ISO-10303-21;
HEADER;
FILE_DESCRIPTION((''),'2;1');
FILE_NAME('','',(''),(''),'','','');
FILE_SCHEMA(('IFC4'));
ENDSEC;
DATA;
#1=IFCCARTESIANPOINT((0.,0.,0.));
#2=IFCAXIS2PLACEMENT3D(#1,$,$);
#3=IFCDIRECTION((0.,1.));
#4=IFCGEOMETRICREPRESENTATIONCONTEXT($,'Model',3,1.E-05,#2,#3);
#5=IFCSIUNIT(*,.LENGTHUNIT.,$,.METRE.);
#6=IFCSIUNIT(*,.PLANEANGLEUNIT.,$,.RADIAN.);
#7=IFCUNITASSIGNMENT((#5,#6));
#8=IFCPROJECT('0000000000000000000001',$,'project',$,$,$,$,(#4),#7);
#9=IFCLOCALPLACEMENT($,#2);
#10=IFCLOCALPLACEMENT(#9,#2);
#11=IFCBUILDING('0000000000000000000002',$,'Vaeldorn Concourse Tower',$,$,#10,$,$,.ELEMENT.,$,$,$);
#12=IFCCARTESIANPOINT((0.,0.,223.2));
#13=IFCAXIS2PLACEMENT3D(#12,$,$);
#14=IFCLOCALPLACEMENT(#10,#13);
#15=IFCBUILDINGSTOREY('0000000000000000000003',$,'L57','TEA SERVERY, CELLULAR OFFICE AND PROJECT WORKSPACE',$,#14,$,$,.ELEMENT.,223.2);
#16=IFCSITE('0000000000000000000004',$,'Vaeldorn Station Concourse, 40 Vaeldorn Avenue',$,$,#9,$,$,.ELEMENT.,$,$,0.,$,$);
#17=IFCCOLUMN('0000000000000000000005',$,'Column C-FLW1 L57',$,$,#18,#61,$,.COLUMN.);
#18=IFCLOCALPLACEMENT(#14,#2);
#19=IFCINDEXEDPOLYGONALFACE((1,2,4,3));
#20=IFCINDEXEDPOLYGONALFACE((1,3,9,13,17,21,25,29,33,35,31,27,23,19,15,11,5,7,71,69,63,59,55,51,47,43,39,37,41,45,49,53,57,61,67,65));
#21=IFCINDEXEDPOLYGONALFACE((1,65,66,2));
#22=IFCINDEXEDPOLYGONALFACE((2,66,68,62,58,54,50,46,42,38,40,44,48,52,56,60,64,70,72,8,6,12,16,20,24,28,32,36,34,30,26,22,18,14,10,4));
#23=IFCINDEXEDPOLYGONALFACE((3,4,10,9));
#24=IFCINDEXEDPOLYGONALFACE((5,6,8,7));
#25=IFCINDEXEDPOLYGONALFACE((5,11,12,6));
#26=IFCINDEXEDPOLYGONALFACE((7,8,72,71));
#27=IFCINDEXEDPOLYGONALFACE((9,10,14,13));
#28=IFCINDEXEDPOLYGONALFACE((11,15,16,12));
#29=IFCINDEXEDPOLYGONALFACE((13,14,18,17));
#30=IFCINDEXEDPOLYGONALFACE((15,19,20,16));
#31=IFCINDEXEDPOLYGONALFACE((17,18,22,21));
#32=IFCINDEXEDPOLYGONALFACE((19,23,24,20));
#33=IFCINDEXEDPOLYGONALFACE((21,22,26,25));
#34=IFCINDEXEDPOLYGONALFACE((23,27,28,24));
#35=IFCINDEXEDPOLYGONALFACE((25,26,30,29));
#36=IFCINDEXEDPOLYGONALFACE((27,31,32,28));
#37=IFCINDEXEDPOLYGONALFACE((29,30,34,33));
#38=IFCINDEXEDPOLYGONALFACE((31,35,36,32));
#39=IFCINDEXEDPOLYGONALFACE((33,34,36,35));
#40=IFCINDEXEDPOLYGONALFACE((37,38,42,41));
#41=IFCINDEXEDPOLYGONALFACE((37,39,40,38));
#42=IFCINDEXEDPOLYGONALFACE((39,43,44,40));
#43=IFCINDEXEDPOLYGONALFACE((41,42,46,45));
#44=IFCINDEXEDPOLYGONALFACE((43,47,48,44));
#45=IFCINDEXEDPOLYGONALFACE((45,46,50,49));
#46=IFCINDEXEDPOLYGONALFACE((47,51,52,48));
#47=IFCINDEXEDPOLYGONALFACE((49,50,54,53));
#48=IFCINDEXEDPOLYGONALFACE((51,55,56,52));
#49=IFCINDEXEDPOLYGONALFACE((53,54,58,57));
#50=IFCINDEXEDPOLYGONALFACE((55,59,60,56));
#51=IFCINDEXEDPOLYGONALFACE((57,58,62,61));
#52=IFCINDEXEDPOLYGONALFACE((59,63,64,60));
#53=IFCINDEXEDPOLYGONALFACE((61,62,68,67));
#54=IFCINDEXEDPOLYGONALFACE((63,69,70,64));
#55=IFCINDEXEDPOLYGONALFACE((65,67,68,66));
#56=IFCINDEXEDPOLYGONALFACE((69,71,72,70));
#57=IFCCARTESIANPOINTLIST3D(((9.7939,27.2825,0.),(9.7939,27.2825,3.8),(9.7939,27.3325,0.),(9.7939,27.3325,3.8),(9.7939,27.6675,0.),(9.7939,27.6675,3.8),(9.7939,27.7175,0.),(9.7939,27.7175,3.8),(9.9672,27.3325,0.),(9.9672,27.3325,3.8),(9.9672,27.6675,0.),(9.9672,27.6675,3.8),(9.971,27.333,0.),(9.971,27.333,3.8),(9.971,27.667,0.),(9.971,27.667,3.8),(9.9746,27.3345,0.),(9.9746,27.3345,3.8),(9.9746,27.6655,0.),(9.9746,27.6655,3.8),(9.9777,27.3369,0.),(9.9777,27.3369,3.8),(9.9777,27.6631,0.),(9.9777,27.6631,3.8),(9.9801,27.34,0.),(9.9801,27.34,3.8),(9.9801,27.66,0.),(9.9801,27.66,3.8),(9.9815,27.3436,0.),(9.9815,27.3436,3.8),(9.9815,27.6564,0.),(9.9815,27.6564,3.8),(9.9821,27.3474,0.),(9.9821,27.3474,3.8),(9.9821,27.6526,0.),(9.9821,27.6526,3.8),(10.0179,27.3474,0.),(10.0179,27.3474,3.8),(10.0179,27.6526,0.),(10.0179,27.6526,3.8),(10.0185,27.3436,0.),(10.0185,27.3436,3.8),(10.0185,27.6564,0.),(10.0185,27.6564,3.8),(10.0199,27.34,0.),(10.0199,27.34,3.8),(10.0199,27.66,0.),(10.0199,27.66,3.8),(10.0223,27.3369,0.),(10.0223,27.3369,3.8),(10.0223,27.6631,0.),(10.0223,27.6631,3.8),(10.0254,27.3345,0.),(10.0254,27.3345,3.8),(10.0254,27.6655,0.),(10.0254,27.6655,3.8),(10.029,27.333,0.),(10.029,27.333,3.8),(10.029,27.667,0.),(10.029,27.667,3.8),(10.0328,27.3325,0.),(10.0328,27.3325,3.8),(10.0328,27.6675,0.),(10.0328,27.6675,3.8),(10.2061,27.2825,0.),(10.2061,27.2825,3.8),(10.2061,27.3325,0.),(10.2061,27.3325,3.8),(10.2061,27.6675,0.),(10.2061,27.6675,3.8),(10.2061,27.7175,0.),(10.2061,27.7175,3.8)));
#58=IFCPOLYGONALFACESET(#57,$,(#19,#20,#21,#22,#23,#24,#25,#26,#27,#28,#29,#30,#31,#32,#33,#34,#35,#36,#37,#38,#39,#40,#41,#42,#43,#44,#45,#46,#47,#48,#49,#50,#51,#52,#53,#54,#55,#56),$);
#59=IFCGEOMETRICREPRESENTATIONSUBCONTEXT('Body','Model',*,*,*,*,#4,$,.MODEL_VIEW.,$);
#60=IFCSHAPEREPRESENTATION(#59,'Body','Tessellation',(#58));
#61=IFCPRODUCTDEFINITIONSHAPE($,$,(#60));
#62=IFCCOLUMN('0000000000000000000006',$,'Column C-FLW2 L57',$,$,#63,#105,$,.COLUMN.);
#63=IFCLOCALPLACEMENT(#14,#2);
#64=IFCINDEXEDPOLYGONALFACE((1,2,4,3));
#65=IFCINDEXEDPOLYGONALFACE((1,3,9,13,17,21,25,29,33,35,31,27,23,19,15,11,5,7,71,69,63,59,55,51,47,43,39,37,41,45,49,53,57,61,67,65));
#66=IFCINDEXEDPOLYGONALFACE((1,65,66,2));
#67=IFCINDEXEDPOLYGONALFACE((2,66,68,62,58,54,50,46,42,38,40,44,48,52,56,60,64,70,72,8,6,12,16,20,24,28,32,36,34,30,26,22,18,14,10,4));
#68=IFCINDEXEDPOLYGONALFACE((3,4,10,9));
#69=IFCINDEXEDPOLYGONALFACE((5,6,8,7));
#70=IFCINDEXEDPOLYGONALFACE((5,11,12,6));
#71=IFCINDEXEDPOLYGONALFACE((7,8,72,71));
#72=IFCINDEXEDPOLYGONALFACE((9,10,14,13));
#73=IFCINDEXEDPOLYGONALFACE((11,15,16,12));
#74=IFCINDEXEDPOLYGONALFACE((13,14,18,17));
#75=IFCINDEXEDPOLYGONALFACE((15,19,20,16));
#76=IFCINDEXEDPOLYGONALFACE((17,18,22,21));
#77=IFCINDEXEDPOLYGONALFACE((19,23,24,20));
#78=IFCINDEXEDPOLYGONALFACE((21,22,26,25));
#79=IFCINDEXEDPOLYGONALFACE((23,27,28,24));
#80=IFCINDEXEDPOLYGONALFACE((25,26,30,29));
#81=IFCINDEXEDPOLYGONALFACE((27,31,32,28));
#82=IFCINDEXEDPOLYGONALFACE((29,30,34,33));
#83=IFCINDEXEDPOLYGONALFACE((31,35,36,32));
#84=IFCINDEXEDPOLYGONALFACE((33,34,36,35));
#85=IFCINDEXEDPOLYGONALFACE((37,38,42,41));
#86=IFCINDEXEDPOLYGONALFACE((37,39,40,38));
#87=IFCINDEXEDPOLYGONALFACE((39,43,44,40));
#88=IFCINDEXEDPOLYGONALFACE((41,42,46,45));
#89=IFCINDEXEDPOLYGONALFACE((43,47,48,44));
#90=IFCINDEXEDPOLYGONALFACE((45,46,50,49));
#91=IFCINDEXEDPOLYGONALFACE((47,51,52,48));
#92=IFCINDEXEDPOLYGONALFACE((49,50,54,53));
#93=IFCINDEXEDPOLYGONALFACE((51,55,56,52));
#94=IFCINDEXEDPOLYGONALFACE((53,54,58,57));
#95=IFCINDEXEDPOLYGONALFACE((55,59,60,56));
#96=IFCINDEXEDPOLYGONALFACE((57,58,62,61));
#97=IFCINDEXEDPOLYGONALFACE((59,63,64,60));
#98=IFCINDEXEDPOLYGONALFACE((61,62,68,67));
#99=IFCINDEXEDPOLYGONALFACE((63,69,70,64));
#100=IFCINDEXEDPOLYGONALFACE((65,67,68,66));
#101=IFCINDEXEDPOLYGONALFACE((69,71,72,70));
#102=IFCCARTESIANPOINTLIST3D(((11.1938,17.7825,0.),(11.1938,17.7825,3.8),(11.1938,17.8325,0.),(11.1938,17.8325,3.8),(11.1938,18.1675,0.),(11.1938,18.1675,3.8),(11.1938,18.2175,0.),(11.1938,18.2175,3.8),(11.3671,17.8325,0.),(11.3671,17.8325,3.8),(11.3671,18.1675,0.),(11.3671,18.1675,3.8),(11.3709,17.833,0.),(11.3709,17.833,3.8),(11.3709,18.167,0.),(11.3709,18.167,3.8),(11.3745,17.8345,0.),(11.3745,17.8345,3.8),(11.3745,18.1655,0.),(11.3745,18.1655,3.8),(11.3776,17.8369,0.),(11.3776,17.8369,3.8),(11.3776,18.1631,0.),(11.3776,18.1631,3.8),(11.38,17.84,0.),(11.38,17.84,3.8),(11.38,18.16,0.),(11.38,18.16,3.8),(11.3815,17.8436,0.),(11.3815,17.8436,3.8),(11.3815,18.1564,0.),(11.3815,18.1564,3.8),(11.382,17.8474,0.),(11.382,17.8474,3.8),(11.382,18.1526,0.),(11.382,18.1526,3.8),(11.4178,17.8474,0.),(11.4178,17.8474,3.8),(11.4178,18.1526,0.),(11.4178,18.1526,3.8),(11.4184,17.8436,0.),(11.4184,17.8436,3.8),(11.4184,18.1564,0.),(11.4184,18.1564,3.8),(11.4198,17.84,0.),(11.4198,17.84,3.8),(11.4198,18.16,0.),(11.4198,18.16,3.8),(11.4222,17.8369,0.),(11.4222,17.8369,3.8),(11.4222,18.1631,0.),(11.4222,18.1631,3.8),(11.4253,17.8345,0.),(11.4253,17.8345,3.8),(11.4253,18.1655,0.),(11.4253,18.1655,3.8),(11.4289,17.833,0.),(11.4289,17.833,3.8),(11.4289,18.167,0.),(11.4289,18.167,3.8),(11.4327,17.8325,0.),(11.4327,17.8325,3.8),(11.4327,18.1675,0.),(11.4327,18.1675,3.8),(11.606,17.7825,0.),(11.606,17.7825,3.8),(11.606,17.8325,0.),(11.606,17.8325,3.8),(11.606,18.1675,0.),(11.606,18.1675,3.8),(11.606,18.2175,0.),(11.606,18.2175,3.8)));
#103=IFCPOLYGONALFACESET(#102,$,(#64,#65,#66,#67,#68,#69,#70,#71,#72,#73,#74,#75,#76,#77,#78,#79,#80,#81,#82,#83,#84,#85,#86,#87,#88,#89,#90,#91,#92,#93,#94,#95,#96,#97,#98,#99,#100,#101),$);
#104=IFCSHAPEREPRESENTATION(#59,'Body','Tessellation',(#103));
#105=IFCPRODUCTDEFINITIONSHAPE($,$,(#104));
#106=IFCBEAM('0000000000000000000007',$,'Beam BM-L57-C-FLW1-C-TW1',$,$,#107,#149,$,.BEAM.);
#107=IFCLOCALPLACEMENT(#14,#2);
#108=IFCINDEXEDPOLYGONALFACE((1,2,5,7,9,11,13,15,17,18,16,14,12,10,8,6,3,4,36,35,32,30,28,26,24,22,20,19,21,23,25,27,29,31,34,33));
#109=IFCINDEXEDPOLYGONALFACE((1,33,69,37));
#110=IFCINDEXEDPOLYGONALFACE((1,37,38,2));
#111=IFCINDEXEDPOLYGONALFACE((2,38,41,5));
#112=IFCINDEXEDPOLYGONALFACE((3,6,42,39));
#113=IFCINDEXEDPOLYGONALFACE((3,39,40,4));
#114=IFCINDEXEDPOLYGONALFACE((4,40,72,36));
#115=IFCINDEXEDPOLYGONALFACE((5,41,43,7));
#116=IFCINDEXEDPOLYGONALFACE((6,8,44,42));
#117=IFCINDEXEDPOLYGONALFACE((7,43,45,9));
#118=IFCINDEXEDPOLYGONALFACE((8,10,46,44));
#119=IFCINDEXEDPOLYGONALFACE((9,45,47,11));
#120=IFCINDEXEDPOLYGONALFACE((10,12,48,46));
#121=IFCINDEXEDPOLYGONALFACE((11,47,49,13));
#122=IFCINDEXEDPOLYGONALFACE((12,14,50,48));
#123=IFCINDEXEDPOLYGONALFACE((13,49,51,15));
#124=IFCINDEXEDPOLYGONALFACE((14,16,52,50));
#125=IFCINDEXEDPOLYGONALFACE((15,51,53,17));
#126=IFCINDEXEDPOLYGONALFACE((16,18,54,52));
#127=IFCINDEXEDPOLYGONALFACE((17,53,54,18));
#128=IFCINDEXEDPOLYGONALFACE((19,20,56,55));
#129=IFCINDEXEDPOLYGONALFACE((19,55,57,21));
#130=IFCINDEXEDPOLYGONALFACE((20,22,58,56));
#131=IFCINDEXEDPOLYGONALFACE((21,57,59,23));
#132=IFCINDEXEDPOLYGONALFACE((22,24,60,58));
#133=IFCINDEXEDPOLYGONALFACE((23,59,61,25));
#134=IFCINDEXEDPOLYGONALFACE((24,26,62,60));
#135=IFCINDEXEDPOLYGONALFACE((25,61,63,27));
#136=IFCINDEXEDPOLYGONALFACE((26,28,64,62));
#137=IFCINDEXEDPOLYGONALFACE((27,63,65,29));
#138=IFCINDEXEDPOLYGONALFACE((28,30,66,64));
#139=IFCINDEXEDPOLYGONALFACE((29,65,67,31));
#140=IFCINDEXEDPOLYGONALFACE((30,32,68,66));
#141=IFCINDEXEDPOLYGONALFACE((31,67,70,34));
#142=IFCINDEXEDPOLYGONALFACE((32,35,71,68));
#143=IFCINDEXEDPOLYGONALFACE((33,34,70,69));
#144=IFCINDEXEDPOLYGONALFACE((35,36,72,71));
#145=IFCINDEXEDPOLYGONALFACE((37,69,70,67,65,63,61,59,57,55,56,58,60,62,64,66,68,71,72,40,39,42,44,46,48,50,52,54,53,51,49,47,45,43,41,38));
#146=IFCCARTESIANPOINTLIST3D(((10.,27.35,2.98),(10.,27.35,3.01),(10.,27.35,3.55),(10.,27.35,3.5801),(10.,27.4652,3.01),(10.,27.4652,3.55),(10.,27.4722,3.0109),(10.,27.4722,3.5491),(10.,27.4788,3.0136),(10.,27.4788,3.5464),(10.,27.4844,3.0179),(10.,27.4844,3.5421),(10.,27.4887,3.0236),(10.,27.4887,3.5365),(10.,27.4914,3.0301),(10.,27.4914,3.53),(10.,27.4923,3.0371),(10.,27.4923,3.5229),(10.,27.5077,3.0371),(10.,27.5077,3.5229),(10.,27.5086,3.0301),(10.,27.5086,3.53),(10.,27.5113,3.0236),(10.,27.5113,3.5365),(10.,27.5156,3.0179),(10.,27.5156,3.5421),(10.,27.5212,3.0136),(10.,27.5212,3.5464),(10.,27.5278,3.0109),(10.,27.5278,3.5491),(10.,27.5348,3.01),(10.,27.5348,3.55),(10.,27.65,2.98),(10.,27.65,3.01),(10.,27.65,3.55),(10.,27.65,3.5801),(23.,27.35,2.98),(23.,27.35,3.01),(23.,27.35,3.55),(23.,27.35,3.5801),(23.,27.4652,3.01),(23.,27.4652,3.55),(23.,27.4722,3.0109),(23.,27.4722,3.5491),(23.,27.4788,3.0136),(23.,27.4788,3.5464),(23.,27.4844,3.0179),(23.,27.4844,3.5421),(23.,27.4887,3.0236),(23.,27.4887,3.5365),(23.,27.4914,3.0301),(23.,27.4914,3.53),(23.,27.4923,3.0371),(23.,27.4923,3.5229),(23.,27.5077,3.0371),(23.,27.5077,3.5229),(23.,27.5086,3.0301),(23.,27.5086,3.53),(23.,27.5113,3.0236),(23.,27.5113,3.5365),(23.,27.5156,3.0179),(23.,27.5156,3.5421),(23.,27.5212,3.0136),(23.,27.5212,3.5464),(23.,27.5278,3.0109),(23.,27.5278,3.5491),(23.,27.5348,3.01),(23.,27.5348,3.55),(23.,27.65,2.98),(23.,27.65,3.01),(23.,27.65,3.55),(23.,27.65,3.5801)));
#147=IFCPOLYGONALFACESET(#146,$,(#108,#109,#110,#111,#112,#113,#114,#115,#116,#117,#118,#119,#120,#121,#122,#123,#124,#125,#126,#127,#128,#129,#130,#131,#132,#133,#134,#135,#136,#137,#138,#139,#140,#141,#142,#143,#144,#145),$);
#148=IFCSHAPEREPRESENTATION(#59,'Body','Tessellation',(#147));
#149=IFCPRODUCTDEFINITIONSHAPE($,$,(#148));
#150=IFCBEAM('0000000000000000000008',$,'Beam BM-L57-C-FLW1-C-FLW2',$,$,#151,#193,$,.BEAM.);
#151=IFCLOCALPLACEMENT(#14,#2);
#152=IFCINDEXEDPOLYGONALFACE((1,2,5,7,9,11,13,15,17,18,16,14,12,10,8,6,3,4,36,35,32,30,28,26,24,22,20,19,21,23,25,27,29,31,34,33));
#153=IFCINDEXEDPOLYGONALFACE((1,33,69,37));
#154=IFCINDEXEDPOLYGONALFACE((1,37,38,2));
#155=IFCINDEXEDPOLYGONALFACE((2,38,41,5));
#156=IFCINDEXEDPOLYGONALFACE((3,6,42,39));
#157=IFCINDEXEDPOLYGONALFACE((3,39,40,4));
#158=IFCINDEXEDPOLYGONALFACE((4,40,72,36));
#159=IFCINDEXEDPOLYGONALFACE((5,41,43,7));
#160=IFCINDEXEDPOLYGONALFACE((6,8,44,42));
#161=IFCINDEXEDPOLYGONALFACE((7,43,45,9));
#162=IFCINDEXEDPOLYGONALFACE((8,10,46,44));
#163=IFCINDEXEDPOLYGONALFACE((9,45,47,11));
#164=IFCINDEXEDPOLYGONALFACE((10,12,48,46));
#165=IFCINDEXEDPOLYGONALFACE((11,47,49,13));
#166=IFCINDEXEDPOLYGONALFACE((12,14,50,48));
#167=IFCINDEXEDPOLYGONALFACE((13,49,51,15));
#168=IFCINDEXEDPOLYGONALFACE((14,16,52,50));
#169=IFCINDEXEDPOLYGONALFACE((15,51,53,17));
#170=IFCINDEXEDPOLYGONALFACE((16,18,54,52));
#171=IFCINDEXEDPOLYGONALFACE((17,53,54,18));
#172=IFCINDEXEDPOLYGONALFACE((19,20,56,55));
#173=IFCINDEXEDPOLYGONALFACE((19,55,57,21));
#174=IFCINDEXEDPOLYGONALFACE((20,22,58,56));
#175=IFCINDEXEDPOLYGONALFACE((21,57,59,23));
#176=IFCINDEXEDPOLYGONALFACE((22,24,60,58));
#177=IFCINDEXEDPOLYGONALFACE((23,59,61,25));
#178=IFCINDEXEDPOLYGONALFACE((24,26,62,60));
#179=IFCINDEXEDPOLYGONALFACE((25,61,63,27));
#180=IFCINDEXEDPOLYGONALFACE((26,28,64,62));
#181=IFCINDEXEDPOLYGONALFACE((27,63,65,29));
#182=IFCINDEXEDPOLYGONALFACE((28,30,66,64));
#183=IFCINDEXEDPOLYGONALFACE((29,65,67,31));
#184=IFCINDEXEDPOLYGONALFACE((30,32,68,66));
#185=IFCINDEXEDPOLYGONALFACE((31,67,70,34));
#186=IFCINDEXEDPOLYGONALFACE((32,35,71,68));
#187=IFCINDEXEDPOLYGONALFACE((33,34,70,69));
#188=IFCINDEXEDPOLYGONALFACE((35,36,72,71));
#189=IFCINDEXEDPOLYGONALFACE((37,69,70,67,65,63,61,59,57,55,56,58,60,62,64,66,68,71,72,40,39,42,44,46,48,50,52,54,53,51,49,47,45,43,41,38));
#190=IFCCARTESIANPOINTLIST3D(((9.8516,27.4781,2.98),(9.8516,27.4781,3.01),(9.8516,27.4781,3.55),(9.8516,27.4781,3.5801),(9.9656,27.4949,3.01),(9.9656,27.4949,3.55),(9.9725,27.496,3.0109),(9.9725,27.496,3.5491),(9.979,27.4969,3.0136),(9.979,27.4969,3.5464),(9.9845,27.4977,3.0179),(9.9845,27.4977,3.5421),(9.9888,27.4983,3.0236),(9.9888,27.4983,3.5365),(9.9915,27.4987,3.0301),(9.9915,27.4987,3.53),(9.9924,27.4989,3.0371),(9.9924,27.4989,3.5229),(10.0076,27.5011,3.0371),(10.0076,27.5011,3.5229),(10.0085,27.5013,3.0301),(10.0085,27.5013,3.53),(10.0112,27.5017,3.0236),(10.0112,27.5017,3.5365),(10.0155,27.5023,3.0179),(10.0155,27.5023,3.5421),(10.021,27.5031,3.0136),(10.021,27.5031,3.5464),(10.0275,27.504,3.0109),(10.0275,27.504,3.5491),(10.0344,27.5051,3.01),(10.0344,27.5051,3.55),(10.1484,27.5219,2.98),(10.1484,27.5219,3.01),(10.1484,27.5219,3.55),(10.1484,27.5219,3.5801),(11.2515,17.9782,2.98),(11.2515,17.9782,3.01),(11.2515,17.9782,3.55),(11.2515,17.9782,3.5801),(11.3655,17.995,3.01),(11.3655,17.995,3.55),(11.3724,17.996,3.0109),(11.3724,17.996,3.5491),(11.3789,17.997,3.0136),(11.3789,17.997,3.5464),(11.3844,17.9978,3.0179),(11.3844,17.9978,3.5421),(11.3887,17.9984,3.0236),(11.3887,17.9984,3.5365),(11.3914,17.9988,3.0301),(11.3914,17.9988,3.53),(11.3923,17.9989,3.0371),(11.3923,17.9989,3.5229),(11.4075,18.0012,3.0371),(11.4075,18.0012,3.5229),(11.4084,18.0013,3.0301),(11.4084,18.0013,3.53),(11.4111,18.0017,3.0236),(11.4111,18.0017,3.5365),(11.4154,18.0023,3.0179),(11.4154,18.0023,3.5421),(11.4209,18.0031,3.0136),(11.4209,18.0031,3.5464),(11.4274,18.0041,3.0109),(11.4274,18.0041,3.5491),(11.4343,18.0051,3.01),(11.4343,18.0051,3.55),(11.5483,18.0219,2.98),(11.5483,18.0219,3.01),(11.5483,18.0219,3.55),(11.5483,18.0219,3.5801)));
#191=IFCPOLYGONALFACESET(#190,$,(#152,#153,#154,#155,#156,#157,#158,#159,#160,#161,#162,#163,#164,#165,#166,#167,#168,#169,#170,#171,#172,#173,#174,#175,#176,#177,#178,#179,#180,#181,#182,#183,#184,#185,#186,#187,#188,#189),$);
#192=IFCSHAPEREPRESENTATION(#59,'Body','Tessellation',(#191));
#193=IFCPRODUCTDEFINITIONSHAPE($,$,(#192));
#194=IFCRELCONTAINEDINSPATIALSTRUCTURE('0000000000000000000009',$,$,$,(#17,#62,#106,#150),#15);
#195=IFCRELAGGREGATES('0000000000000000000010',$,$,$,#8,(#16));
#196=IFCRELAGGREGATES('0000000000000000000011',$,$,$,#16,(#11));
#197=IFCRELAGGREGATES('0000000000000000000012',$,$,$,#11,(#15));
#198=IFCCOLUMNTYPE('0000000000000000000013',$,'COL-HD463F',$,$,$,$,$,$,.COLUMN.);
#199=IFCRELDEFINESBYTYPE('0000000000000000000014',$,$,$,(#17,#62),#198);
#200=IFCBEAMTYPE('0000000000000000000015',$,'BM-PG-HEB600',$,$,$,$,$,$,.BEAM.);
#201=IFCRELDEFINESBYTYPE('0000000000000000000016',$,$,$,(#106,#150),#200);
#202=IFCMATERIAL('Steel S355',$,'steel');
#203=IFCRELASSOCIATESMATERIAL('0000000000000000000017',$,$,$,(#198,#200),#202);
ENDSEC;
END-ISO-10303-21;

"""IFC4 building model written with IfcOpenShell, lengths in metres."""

from ifc_helpers import new_model, si_unit, direction, frame, origin, origin_2d, place, context, subcontext, project, spatial, i_section, extrude, source, transform, mapped, material, material_profile, profile_set, type_object, element, save


model = new_model("IFC4")

# Units and contexts
model_context = context("Model", 3, precision=1e-05, world=origin(), true_north=direction((0.0, 1.0)))
body_context = subcontext(model_context, "Body", "Model", "MODEL_VIEW")
ifc_project = project(units=[si_unit("LENGTHUNIT", "METRE"), si_unit("PLANEANGLEUNIT", "RADIAN")], contexts=[model_context])

# Site, building, storey
site_placement = place(None, origin())
site = spatial("IfcSite", under=ifc_project, at=site_placement, Name="Vaeldorn Station Concourse, 40 Vaeldorn Avenue", CompositionType="ELEMENT", RefElevation=0.0)
building_placement = place(site_placement, origin())
building = spatial("IfcBuilding", under=site, at=building_placement, Name="Vaeldorn Concourse Tower", CompositionType="ELEMENT")
storey_placement = place(building_placement, frame((0.0, 0.0, 223.2)))
storey = spatial("IfcBuildingStorey", under=building, at=storey_placement, Name="L57", Description="TEA SERVERY, CELLULAR OFFICE AND PROJECT WORKSPACE", CompositionType="ELEMENT", Elevation=223.2)

# Columns
ifc_material_1 = material(Name="Steel S355", Category="steel")
ifc_material_profile_1 = material_profile(ifc_material_1, i_section(OverallWidth=0.4121, OverallDepth=0.4351, WebThickness=0.0359, FlangeThickness=0.05, FilletRadius=0.0149, at=origin_2d()), Name="HD 400x463")
ifc_profile_set_1 = profile_set([ifc_material_profile_1], Name="Steel S355")
column_type = type_object("IfcColumnType", Name="COL-HD463F", PredefinedType="COLUMN", material=ifc_profile_set_1)
shared_shape_1 = source(origin(), body_context, "Body", "SweptSolid", [
    extrude(i_section(OverallWidth=0.4121, OverallDepth=0.4351, WebThickness=0.0359, FlangeThickness=0.05, FilletRadius=0.0149, at=origin_2d()), origin(), (0.0, 0.0, 1.0), 3.8),
])
for number, where, z_axis, x_axis, name in (
    (1, (10.0, 27.5, 0.0), (0.0, 0.0, 1.0), (1.0, 0.0, 0.0), "Column C-FLW1 L57"),
    (2, (11.3999, 18.0, 0.0), (0.0, 0.0, 1.0), (1.0, 0.0, 0.0), "Column C-FLW2 L57"),
):
    element("IfcColumn", number, at=place(storey_placement, frame(where, z_axis=z_axis, x_axis=x_axis)), inside=storey, type_object=column_type, Name=name, PredefinedType="COLUMN", context=body_context, shape_type="MappedRepresentation", body=[
        mapped(shared_shape_1, transform((0.0, 0.0, 0.0), scale=1.0)),
    ])

# Beams
ifc_material_profile_2 = material_profile(ifc_material_1, i_section(OverallWidth=0.3, OverallDepth=0.6001, WebThickness=0.0154, FlangeThickness=0.03, FilletRadius=0.0271, at=origin_2d()), Name="HEB 600")
ifc_profile_set_2 = profile_set([ifc_material_profile_2], Name="Steel S355")
beam_type_1 = type_object("IfcBeamType", Name="BM-PG-HEB600", PredefinedType="BEAM", material=ifc_profile_set_2)
shared_shape_2 = source(origin(), body_context, "Body", "SweptSolid", [
    extrude(i_section(OverallWidth=0.3, OverallDepth=0.6001, WebThickness=0.0154, FlangeThickness=0.03, FilletRadius=0.0271, at=origin_2d()), origin(), (0.0, 0.0, 1.0), 13.0),
])
beam_1_placement = place(storey_placement, frame((10.0, 27.5, 3.28), z_axis=(1.0, 0.0, 0.0), x_axis=(0.0, 1.0, 0.0)))
element("IfcBeam", 3, at=beam_1_placement, inside=storey, type_object=beam_type_1, Name="Beam BM-L57-C-FLW1-C-TW1", PredefinedType="BEAM", context=body_context, shape_type="MappedRepresentation", body=[
    mapped(shared_shape_2, transform((0.0, 0.0, 0.0), scale=1.0)),
])
shared_shape_3 = source(origin(), body_context, "Body", "SweptSolid", [
    extrude(i_section(OverallWidth=0.3, OverallDepth=0.6001, WebThickness=0.0154, FlangeThickness=0.03, FilletRadius=0.0271, at=origin_2d()), origin(), (0.0, 0.0, 1.0), 9.6025),
])
beam_2_placement = place(storey_placement, frame((10.0, 27.5, 3.28), z_axis=(0.145784, -0.989316, 0.0), x_axis=(0.989316, 0.145784, 0.0)))
element("IfcBeam", 4, at=beam_2_placement, inside=storey, type_object=beam_type_1, Name="Beam BM-L57-C-FLW1-C-FLW2", PredefinedType="BEAM", context=body_context, shape_type="MappedRepresentation", body=[
    mapped(shared_shape_3, transform((0.0, 0.0, 0.0), scale=1.0)),
])

save(model, "model.ifc")
